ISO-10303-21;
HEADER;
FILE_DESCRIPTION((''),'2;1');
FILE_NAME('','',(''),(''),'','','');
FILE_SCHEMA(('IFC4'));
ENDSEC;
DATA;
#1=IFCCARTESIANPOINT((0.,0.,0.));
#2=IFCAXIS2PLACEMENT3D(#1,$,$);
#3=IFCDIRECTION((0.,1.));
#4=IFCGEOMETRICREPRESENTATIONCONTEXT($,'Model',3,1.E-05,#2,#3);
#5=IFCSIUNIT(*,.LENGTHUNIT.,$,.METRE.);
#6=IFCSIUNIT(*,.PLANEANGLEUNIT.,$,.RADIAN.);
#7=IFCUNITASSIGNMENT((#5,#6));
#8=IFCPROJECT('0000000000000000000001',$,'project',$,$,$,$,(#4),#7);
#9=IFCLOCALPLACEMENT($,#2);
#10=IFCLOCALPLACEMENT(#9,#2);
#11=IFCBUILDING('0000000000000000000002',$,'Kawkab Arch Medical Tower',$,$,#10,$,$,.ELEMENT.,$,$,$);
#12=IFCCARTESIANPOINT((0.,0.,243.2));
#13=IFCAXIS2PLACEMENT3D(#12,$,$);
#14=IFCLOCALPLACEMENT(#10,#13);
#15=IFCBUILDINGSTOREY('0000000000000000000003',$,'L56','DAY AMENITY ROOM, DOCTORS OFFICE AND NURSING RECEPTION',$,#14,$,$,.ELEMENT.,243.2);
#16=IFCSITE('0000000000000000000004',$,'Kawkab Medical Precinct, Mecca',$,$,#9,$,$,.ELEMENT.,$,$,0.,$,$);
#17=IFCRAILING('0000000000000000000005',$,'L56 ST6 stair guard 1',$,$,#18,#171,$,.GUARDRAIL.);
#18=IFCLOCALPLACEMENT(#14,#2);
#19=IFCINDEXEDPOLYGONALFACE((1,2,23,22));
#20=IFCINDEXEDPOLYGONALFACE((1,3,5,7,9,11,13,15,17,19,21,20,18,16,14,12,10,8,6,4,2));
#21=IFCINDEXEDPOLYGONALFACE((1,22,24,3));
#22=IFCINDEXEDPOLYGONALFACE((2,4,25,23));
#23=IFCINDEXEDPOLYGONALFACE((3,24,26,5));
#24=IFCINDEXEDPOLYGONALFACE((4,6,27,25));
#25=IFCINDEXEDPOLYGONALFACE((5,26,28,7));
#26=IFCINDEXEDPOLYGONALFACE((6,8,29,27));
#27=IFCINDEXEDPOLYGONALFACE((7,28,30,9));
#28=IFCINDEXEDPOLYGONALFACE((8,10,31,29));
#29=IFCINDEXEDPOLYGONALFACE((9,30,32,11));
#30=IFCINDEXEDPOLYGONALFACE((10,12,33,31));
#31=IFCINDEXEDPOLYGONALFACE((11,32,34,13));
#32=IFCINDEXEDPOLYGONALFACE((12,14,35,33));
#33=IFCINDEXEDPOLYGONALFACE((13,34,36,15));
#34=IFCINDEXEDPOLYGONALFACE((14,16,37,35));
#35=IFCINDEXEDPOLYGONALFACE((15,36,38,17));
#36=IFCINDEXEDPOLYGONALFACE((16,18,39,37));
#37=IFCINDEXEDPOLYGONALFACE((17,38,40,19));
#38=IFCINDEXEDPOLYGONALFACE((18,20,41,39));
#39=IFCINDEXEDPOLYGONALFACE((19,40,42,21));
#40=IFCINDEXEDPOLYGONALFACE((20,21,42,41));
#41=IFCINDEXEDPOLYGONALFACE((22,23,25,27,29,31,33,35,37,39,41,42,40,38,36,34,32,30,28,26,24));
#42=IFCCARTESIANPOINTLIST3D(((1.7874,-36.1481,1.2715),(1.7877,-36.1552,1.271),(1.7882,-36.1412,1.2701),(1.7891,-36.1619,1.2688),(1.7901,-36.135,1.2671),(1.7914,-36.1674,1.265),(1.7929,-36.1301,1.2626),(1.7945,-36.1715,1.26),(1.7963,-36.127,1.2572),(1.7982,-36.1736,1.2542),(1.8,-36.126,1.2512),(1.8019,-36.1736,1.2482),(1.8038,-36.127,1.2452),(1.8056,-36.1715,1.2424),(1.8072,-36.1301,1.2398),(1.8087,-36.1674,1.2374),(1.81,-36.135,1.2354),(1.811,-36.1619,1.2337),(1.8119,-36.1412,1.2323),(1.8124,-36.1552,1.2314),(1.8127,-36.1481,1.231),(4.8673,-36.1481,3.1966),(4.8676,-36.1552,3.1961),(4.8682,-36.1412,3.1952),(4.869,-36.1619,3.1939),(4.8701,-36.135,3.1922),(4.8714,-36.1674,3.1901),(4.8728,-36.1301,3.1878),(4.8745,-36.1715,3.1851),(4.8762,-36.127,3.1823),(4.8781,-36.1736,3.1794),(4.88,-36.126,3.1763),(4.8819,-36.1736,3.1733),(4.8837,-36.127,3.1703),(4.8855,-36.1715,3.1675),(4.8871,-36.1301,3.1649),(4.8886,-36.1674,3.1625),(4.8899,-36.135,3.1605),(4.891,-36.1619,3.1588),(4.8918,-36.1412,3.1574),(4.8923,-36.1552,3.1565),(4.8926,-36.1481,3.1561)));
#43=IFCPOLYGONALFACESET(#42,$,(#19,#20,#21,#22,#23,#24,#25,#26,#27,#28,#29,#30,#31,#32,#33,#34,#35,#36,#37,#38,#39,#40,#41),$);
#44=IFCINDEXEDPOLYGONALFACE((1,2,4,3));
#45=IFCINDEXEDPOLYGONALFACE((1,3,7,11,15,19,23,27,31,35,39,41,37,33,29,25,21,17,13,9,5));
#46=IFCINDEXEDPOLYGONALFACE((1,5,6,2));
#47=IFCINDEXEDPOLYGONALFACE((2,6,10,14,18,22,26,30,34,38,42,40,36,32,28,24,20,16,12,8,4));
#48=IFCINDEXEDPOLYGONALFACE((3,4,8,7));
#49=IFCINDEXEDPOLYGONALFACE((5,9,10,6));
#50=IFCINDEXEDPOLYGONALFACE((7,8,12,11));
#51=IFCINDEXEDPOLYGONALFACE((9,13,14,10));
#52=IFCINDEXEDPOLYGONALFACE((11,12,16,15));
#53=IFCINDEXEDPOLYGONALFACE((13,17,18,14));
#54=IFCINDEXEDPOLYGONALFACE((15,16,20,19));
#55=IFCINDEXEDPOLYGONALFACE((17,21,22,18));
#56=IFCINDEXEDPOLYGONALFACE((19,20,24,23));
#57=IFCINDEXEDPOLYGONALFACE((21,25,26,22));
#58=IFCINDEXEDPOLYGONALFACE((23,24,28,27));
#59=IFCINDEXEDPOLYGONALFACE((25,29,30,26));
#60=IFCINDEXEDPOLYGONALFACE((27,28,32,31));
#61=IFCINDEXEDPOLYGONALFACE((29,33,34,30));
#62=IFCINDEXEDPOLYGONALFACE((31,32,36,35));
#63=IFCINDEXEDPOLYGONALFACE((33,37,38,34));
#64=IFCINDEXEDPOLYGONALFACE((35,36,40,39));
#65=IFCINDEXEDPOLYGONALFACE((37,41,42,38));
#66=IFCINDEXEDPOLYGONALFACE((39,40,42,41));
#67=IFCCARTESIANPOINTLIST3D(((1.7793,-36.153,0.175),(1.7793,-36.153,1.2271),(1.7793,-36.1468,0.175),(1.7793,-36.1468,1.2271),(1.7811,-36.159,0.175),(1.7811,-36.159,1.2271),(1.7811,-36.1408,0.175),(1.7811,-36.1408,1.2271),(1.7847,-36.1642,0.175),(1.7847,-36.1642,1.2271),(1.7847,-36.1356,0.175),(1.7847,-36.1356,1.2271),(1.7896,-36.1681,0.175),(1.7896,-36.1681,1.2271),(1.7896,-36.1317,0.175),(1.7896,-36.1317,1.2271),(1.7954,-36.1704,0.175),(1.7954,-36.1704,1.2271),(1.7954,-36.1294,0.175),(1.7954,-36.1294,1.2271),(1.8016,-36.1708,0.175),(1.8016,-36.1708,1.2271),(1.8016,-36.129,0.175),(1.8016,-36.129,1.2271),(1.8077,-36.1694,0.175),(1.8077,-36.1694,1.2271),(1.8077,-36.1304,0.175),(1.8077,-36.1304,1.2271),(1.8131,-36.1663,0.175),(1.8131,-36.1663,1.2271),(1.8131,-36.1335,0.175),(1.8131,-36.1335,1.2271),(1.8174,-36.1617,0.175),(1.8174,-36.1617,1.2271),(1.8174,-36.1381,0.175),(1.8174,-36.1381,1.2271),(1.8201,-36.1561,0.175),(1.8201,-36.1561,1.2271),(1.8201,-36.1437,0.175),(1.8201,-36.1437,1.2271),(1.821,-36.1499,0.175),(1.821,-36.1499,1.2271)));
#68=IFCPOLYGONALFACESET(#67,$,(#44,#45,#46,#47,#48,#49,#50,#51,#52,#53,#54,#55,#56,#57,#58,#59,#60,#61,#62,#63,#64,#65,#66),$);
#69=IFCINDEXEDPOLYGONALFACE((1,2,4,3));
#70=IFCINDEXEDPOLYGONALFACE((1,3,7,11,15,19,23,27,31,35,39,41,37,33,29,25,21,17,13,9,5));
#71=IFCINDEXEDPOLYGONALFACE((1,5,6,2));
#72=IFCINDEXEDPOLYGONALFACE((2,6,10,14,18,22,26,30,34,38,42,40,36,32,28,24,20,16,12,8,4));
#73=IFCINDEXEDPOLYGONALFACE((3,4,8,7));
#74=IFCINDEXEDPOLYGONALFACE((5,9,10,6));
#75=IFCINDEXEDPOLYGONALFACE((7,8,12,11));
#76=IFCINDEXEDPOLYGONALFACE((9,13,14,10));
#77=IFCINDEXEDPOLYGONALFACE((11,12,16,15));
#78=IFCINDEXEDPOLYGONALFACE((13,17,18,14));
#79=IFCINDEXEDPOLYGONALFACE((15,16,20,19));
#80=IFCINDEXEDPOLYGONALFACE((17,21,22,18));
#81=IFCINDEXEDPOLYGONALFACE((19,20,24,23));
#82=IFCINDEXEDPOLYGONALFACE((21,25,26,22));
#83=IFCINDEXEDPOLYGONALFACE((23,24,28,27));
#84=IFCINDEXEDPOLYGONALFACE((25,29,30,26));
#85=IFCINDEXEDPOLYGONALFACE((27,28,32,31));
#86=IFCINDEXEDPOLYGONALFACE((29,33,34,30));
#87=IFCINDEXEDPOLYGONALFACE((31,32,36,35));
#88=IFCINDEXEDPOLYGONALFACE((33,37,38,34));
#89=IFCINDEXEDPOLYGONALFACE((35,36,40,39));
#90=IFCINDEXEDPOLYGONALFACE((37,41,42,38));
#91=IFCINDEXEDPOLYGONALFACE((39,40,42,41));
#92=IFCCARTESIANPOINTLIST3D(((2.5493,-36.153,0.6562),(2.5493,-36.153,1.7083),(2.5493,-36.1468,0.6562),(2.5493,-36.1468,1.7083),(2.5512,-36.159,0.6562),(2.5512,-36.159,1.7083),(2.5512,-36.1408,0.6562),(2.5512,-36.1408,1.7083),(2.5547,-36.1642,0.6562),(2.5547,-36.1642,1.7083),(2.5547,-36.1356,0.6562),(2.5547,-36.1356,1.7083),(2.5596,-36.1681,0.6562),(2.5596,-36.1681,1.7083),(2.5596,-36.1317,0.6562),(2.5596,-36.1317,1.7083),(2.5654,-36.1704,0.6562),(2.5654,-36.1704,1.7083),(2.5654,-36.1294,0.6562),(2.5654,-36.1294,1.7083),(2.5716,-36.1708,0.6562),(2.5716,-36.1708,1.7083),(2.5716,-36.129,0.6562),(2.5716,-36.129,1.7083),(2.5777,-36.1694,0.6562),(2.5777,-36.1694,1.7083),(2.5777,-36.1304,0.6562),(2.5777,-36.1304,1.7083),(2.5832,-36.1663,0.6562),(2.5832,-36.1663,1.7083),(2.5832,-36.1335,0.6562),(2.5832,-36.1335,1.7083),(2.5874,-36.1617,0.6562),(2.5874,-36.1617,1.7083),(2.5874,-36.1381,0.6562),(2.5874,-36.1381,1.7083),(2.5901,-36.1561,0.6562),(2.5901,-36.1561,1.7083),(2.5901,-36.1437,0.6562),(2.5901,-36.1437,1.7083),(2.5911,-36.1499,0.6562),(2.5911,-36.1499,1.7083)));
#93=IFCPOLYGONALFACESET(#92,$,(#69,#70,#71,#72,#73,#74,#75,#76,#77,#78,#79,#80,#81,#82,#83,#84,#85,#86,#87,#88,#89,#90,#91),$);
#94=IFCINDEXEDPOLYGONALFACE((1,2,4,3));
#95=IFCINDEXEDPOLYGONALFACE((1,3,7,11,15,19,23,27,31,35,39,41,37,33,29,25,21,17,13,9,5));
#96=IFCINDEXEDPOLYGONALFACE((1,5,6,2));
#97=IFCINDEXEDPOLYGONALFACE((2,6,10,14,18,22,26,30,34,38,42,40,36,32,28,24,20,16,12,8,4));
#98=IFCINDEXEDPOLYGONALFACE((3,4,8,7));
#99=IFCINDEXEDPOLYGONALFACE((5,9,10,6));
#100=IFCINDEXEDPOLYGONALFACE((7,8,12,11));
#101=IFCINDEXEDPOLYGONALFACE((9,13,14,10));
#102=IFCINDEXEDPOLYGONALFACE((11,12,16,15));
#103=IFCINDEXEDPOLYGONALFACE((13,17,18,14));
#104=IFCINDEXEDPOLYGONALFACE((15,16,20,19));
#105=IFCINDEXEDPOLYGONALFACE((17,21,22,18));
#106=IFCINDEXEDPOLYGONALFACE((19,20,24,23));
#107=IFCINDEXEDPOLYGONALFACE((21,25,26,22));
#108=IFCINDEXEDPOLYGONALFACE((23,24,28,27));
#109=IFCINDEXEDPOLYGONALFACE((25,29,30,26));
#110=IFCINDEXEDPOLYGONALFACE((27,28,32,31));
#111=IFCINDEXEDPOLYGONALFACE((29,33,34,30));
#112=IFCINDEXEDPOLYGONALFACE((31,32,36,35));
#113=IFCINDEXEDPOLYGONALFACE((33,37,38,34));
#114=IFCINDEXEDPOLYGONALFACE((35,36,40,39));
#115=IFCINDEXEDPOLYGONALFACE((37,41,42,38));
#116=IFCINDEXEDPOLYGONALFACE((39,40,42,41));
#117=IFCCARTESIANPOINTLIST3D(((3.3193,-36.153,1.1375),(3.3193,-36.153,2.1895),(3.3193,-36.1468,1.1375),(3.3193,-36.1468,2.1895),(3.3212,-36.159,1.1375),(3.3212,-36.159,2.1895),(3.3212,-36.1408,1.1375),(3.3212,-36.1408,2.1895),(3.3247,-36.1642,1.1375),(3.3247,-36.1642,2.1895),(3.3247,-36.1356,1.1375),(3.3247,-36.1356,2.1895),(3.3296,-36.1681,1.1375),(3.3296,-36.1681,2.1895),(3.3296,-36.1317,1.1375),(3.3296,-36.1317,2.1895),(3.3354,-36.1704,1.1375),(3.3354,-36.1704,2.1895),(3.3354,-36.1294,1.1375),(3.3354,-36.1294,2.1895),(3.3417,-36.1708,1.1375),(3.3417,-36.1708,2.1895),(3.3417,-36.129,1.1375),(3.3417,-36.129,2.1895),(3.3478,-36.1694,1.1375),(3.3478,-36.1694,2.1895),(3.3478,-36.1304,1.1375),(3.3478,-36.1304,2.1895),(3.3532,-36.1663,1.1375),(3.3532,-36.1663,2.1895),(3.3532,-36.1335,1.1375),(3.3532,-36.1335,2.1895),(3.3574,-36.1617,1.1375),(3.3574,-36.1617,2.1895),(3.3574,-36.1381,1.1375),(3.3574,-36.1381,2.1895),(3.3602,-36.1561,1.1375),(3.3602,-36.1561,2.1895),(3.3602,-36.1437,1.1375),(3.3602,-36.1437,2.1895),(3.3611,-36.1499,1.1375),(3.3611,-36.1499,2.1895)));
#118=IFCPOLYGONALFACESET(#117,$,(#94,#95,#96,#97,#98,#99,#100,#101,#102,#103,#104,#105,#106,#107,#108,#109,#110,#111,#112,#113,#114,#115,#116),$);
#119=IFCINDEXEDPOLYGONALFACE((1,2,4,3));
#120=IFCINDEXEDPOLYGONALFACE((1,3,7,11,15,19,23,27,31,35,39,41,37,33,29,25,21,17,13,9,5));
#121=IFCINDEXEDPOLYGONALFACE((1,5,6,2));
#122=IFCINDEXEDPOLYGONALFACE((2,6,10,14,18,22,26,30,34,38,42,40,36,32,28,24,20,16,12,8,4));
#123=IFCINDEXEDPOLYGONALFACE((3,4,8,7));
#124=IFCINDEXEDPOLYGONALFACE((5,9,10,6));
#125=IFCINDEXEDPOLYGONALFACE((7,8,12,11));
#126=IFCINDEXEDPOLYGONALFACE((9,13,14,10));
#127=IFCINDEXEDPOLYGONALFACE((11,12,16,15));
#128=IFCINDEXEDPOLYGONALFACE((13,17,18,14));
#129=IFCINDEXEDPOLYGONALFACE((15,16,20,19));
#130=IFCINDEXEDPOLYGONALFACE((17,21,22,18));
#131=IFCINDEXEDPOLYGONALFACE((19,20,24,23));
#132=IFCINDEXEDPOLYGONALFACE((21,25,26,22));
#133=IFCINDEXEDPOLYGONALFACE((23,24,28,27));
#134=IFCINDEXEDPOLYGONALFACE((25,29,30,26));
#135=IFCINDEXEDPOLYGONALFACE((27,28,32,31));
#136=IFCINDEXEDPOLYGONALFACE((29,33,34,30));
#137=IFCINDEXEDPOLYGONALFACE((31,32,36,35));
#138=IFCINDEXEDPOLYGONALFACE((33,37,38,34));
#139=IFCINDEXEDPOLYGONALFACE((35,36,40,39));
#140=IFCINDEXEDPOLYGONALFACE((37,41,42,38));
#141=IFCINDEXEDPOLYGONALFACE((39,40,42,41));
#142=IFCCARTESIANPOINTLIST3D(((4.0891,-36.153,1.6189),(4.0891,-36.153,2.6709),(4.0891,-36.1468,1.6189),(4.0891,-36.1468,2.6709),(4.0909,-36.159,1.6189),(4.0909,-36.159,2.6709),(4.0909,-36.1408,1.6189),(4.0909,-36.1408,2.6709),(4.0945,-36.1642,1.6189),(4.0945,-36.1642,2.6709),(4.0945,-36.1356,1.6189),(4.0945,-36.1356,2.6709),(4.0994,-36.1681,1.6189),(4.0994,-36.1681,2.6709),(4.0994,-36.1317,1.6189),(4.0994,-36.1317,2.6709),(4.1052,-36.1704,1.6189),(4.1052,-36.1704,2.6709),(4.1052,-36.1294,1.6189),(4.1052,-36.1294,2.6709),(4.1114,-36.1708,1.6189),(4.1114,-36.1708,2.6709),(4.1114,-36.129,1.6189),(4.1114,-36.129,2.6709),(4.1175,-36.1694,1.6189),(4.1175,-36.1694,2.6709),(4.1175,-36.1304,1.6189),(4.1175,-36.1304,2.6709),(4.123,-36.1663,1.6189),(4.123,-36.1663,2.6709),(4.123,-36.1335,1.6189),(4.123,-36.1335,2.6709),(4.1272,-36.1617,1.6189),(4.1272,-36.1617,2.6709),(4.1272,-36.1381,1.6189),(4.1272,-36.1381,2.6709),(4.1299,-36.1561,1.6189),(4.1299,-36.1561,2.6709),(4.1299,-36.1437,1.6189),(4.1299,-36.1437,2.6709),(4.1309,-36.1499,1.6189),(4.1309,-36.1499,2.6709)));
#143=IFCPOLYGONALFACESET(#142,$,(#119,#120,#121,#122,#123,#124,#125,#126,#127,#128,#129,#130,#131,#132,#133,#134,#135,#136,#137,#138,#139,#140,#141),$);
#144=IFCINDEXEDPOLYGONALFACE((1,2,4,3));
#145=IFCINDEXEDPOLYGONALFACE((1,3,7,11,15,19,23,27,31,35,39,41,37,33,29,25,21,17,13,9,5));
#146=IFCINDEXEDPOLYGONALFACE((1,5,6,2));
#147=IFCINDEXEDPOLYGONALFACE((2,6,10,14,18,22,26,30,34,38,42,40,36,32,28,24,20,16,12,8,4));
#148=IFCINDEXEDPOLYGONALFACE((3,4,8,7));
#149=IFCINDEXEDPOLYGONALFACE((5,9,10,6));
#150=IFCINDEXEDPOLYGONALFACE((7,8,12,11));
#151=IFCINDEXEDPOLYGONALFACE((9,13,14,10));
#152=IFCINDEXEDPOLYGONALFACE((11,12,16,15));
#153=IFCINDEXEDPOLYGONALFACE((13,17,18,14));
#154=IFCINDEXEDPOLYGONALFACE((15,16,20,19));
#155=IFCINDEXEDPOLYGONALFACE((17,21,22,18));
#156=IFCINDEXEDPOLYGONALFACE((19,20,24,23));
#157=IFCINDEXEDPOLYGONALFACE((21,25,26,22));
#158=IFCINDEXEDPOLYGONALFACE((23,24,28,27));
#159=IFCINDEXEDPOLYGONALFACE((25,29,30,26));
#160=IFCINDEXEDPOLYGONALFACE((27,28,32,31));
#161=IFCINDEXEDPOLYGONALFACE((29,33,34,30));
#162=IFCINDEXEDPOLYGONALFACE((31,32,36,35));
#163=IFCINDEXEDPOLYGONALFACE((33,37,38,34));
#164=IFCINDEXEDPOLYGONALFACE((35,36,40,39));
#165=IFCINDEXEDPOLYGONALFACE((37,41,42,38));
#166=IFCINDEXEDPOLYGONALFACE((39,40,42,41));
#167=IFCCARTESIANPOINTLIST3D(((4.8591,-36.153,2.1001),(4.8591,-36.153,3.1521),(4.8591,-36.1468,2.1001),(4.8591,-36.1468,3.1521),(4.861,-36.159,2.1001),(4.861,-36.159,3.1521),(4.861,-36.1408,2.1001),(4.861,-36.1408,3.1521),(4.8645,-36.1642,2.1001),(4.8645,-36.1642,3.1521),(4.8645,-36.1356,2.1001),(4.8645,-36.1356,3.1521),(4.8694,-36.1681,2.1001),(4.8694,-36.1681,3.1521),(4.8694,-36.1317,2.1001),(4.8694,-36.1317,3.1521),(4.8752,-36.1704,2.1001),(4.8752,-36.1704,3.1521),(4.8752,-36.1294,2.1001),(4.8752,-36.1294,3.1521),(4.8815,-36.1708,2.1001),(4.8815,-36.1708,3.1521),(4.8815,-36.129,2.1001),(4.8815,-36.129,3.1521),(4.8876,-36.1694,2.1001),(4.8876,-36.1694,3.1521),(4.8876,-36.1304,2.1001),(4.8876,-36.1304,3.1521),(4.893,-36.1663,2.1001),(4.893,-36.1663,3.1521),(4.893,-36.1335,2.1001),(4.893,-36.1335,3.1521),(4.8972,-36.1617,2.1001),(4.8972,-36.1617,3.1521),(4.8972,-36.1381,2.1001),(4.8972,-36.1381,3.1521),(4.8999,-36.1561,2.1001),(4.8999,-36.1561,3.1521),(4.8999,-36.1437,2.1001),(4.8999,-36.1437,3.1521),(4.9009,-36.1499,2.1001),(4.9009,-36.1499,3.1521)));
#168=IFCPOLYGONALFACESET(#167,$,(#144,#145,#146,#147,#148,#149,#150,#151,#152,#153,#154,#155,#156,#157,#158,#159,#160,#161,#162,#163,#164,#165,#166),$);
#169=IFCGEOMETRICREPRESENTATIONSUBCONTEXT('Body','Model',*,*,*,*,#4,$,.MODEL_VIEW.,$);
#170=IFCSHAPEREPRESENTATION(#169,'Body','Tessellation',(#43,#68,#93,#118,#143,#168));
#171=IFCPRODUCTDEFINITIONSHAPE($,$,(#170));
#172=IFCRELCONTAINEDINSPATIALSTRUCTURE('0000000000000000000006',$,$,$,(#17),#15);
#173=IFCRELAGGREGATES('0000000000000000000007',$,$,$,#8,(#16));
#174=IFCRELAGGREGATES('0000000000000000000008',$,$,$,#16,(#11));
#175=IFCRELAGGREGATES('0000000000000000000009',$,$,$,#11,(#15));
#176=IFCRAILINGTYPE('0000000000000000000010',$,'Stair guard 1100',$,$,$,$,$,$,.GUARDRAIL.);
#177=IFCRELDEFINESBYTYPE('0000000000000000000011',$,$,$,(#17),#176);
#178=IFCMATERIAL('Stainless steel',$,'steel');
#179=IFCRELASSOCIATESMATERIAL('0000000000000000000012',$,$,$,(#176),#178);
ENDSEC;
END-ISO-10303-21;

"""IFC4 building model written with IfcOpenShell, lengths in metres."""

from ifc_helpers import new_model, si_unit, direction, frame, origin, origin_2d, place, context, subcontext, project, spatial, circle, extrude, material, type_object, element, save


model = new_model("IFC4")

# Units and contexts
model_context = context("Model", 3, precision=1e-05, world=origin(), true_north=direction((0.0, 1.0)))
body_context = subcontext(model_context, "Body", "Model", "MODEL_VIEW")
ifc_project = project(units=[si_unit("LENGTHUNIT", "METRE"), si_unit("PLANEANGLEUNIT", "RADIAN")], contexts=[model_context])

# Site, building, storey
site_placement = place(None, origin())
site = spatial("IfcSite", under=ifc_project, at=site_placement, Name="Kawkab Medical Precinct, Mecca", CompositionType="ELEMENT", RefElevation=0.0)
building_placement = place(site_placement, origin())
building = spatial("IfcBuilding", under=site, at=building_placement, Name="Kawkab Arch Medical Tower", CompositionType="ELEMENT")
storey_placement = place(building_placement, frame((0.0, 0.0, 243.2)))
storey = spatial("IfcBuildingStorey", under=building, at=storey_placement, Name="L56", Description="DAY AMENITY ROOM, DOCTORS OFFICE AND NURSING RECEPTION", CompositionType="ELEMENT", Elevation=243.2)

# Railing
ifc_material_1 = material(Name="Stainless steel", Category="steel")
railing_type_1 = type_object("IfcRailingType", Name="Stair guard 1100", PredefinedType="GUARDRAIL", material=ifc_material_1)
railing_1_placement = place(storey_placement, frame((1.8, -36.1499, 0.175)))
element("IfcRailing", 1, at=railing_1_placement, inside=storey, type_object=railing_type_1, Name="L56 ST6 stair guard 1", PredefinedType="GUARDRAIL", context=body_context, shape_type="SweptSolid", body=[
    extrude(circle(Radius=0.0239, at=origin_2d()), frame((0.0, 0.0, 1.0762), z_axis=(0.847979, 0.0, 0.530029), x_axis=(0.0, 1.0, 0.0)), (0.0, 0.0, 1.0), 3.6321),
    extrude(circle(Radius=0.021, at=origin_2d()), origin(), (0.0, 0.0, 1.0), 1.052),
    extrude(circle(Radius=0.021, at=origin_2d()), frame((0.77, 0.0, 0.4812)), (0.0, 0.0, 1.0), 1.052),
    extrude(circle(Radius=0.021, at=origin_2d()), frame((1.54, 0.0, 0.9624)), (0.0, 0.0, 1.0), 1.052),
    extrude(circle(Radius=0.021, at=origin_2d()), frame((2.3098, 0.0, 1.4438)), (0.0, 0.0, 1.0), 1.052),
    extrude(circle(Radius=0.021, at=origin_2d()), frame((3.0798, 0.0, 1.925)), (0.0, 0.0, 1.0), 1.052),
])

save(model, "model.ifc")
